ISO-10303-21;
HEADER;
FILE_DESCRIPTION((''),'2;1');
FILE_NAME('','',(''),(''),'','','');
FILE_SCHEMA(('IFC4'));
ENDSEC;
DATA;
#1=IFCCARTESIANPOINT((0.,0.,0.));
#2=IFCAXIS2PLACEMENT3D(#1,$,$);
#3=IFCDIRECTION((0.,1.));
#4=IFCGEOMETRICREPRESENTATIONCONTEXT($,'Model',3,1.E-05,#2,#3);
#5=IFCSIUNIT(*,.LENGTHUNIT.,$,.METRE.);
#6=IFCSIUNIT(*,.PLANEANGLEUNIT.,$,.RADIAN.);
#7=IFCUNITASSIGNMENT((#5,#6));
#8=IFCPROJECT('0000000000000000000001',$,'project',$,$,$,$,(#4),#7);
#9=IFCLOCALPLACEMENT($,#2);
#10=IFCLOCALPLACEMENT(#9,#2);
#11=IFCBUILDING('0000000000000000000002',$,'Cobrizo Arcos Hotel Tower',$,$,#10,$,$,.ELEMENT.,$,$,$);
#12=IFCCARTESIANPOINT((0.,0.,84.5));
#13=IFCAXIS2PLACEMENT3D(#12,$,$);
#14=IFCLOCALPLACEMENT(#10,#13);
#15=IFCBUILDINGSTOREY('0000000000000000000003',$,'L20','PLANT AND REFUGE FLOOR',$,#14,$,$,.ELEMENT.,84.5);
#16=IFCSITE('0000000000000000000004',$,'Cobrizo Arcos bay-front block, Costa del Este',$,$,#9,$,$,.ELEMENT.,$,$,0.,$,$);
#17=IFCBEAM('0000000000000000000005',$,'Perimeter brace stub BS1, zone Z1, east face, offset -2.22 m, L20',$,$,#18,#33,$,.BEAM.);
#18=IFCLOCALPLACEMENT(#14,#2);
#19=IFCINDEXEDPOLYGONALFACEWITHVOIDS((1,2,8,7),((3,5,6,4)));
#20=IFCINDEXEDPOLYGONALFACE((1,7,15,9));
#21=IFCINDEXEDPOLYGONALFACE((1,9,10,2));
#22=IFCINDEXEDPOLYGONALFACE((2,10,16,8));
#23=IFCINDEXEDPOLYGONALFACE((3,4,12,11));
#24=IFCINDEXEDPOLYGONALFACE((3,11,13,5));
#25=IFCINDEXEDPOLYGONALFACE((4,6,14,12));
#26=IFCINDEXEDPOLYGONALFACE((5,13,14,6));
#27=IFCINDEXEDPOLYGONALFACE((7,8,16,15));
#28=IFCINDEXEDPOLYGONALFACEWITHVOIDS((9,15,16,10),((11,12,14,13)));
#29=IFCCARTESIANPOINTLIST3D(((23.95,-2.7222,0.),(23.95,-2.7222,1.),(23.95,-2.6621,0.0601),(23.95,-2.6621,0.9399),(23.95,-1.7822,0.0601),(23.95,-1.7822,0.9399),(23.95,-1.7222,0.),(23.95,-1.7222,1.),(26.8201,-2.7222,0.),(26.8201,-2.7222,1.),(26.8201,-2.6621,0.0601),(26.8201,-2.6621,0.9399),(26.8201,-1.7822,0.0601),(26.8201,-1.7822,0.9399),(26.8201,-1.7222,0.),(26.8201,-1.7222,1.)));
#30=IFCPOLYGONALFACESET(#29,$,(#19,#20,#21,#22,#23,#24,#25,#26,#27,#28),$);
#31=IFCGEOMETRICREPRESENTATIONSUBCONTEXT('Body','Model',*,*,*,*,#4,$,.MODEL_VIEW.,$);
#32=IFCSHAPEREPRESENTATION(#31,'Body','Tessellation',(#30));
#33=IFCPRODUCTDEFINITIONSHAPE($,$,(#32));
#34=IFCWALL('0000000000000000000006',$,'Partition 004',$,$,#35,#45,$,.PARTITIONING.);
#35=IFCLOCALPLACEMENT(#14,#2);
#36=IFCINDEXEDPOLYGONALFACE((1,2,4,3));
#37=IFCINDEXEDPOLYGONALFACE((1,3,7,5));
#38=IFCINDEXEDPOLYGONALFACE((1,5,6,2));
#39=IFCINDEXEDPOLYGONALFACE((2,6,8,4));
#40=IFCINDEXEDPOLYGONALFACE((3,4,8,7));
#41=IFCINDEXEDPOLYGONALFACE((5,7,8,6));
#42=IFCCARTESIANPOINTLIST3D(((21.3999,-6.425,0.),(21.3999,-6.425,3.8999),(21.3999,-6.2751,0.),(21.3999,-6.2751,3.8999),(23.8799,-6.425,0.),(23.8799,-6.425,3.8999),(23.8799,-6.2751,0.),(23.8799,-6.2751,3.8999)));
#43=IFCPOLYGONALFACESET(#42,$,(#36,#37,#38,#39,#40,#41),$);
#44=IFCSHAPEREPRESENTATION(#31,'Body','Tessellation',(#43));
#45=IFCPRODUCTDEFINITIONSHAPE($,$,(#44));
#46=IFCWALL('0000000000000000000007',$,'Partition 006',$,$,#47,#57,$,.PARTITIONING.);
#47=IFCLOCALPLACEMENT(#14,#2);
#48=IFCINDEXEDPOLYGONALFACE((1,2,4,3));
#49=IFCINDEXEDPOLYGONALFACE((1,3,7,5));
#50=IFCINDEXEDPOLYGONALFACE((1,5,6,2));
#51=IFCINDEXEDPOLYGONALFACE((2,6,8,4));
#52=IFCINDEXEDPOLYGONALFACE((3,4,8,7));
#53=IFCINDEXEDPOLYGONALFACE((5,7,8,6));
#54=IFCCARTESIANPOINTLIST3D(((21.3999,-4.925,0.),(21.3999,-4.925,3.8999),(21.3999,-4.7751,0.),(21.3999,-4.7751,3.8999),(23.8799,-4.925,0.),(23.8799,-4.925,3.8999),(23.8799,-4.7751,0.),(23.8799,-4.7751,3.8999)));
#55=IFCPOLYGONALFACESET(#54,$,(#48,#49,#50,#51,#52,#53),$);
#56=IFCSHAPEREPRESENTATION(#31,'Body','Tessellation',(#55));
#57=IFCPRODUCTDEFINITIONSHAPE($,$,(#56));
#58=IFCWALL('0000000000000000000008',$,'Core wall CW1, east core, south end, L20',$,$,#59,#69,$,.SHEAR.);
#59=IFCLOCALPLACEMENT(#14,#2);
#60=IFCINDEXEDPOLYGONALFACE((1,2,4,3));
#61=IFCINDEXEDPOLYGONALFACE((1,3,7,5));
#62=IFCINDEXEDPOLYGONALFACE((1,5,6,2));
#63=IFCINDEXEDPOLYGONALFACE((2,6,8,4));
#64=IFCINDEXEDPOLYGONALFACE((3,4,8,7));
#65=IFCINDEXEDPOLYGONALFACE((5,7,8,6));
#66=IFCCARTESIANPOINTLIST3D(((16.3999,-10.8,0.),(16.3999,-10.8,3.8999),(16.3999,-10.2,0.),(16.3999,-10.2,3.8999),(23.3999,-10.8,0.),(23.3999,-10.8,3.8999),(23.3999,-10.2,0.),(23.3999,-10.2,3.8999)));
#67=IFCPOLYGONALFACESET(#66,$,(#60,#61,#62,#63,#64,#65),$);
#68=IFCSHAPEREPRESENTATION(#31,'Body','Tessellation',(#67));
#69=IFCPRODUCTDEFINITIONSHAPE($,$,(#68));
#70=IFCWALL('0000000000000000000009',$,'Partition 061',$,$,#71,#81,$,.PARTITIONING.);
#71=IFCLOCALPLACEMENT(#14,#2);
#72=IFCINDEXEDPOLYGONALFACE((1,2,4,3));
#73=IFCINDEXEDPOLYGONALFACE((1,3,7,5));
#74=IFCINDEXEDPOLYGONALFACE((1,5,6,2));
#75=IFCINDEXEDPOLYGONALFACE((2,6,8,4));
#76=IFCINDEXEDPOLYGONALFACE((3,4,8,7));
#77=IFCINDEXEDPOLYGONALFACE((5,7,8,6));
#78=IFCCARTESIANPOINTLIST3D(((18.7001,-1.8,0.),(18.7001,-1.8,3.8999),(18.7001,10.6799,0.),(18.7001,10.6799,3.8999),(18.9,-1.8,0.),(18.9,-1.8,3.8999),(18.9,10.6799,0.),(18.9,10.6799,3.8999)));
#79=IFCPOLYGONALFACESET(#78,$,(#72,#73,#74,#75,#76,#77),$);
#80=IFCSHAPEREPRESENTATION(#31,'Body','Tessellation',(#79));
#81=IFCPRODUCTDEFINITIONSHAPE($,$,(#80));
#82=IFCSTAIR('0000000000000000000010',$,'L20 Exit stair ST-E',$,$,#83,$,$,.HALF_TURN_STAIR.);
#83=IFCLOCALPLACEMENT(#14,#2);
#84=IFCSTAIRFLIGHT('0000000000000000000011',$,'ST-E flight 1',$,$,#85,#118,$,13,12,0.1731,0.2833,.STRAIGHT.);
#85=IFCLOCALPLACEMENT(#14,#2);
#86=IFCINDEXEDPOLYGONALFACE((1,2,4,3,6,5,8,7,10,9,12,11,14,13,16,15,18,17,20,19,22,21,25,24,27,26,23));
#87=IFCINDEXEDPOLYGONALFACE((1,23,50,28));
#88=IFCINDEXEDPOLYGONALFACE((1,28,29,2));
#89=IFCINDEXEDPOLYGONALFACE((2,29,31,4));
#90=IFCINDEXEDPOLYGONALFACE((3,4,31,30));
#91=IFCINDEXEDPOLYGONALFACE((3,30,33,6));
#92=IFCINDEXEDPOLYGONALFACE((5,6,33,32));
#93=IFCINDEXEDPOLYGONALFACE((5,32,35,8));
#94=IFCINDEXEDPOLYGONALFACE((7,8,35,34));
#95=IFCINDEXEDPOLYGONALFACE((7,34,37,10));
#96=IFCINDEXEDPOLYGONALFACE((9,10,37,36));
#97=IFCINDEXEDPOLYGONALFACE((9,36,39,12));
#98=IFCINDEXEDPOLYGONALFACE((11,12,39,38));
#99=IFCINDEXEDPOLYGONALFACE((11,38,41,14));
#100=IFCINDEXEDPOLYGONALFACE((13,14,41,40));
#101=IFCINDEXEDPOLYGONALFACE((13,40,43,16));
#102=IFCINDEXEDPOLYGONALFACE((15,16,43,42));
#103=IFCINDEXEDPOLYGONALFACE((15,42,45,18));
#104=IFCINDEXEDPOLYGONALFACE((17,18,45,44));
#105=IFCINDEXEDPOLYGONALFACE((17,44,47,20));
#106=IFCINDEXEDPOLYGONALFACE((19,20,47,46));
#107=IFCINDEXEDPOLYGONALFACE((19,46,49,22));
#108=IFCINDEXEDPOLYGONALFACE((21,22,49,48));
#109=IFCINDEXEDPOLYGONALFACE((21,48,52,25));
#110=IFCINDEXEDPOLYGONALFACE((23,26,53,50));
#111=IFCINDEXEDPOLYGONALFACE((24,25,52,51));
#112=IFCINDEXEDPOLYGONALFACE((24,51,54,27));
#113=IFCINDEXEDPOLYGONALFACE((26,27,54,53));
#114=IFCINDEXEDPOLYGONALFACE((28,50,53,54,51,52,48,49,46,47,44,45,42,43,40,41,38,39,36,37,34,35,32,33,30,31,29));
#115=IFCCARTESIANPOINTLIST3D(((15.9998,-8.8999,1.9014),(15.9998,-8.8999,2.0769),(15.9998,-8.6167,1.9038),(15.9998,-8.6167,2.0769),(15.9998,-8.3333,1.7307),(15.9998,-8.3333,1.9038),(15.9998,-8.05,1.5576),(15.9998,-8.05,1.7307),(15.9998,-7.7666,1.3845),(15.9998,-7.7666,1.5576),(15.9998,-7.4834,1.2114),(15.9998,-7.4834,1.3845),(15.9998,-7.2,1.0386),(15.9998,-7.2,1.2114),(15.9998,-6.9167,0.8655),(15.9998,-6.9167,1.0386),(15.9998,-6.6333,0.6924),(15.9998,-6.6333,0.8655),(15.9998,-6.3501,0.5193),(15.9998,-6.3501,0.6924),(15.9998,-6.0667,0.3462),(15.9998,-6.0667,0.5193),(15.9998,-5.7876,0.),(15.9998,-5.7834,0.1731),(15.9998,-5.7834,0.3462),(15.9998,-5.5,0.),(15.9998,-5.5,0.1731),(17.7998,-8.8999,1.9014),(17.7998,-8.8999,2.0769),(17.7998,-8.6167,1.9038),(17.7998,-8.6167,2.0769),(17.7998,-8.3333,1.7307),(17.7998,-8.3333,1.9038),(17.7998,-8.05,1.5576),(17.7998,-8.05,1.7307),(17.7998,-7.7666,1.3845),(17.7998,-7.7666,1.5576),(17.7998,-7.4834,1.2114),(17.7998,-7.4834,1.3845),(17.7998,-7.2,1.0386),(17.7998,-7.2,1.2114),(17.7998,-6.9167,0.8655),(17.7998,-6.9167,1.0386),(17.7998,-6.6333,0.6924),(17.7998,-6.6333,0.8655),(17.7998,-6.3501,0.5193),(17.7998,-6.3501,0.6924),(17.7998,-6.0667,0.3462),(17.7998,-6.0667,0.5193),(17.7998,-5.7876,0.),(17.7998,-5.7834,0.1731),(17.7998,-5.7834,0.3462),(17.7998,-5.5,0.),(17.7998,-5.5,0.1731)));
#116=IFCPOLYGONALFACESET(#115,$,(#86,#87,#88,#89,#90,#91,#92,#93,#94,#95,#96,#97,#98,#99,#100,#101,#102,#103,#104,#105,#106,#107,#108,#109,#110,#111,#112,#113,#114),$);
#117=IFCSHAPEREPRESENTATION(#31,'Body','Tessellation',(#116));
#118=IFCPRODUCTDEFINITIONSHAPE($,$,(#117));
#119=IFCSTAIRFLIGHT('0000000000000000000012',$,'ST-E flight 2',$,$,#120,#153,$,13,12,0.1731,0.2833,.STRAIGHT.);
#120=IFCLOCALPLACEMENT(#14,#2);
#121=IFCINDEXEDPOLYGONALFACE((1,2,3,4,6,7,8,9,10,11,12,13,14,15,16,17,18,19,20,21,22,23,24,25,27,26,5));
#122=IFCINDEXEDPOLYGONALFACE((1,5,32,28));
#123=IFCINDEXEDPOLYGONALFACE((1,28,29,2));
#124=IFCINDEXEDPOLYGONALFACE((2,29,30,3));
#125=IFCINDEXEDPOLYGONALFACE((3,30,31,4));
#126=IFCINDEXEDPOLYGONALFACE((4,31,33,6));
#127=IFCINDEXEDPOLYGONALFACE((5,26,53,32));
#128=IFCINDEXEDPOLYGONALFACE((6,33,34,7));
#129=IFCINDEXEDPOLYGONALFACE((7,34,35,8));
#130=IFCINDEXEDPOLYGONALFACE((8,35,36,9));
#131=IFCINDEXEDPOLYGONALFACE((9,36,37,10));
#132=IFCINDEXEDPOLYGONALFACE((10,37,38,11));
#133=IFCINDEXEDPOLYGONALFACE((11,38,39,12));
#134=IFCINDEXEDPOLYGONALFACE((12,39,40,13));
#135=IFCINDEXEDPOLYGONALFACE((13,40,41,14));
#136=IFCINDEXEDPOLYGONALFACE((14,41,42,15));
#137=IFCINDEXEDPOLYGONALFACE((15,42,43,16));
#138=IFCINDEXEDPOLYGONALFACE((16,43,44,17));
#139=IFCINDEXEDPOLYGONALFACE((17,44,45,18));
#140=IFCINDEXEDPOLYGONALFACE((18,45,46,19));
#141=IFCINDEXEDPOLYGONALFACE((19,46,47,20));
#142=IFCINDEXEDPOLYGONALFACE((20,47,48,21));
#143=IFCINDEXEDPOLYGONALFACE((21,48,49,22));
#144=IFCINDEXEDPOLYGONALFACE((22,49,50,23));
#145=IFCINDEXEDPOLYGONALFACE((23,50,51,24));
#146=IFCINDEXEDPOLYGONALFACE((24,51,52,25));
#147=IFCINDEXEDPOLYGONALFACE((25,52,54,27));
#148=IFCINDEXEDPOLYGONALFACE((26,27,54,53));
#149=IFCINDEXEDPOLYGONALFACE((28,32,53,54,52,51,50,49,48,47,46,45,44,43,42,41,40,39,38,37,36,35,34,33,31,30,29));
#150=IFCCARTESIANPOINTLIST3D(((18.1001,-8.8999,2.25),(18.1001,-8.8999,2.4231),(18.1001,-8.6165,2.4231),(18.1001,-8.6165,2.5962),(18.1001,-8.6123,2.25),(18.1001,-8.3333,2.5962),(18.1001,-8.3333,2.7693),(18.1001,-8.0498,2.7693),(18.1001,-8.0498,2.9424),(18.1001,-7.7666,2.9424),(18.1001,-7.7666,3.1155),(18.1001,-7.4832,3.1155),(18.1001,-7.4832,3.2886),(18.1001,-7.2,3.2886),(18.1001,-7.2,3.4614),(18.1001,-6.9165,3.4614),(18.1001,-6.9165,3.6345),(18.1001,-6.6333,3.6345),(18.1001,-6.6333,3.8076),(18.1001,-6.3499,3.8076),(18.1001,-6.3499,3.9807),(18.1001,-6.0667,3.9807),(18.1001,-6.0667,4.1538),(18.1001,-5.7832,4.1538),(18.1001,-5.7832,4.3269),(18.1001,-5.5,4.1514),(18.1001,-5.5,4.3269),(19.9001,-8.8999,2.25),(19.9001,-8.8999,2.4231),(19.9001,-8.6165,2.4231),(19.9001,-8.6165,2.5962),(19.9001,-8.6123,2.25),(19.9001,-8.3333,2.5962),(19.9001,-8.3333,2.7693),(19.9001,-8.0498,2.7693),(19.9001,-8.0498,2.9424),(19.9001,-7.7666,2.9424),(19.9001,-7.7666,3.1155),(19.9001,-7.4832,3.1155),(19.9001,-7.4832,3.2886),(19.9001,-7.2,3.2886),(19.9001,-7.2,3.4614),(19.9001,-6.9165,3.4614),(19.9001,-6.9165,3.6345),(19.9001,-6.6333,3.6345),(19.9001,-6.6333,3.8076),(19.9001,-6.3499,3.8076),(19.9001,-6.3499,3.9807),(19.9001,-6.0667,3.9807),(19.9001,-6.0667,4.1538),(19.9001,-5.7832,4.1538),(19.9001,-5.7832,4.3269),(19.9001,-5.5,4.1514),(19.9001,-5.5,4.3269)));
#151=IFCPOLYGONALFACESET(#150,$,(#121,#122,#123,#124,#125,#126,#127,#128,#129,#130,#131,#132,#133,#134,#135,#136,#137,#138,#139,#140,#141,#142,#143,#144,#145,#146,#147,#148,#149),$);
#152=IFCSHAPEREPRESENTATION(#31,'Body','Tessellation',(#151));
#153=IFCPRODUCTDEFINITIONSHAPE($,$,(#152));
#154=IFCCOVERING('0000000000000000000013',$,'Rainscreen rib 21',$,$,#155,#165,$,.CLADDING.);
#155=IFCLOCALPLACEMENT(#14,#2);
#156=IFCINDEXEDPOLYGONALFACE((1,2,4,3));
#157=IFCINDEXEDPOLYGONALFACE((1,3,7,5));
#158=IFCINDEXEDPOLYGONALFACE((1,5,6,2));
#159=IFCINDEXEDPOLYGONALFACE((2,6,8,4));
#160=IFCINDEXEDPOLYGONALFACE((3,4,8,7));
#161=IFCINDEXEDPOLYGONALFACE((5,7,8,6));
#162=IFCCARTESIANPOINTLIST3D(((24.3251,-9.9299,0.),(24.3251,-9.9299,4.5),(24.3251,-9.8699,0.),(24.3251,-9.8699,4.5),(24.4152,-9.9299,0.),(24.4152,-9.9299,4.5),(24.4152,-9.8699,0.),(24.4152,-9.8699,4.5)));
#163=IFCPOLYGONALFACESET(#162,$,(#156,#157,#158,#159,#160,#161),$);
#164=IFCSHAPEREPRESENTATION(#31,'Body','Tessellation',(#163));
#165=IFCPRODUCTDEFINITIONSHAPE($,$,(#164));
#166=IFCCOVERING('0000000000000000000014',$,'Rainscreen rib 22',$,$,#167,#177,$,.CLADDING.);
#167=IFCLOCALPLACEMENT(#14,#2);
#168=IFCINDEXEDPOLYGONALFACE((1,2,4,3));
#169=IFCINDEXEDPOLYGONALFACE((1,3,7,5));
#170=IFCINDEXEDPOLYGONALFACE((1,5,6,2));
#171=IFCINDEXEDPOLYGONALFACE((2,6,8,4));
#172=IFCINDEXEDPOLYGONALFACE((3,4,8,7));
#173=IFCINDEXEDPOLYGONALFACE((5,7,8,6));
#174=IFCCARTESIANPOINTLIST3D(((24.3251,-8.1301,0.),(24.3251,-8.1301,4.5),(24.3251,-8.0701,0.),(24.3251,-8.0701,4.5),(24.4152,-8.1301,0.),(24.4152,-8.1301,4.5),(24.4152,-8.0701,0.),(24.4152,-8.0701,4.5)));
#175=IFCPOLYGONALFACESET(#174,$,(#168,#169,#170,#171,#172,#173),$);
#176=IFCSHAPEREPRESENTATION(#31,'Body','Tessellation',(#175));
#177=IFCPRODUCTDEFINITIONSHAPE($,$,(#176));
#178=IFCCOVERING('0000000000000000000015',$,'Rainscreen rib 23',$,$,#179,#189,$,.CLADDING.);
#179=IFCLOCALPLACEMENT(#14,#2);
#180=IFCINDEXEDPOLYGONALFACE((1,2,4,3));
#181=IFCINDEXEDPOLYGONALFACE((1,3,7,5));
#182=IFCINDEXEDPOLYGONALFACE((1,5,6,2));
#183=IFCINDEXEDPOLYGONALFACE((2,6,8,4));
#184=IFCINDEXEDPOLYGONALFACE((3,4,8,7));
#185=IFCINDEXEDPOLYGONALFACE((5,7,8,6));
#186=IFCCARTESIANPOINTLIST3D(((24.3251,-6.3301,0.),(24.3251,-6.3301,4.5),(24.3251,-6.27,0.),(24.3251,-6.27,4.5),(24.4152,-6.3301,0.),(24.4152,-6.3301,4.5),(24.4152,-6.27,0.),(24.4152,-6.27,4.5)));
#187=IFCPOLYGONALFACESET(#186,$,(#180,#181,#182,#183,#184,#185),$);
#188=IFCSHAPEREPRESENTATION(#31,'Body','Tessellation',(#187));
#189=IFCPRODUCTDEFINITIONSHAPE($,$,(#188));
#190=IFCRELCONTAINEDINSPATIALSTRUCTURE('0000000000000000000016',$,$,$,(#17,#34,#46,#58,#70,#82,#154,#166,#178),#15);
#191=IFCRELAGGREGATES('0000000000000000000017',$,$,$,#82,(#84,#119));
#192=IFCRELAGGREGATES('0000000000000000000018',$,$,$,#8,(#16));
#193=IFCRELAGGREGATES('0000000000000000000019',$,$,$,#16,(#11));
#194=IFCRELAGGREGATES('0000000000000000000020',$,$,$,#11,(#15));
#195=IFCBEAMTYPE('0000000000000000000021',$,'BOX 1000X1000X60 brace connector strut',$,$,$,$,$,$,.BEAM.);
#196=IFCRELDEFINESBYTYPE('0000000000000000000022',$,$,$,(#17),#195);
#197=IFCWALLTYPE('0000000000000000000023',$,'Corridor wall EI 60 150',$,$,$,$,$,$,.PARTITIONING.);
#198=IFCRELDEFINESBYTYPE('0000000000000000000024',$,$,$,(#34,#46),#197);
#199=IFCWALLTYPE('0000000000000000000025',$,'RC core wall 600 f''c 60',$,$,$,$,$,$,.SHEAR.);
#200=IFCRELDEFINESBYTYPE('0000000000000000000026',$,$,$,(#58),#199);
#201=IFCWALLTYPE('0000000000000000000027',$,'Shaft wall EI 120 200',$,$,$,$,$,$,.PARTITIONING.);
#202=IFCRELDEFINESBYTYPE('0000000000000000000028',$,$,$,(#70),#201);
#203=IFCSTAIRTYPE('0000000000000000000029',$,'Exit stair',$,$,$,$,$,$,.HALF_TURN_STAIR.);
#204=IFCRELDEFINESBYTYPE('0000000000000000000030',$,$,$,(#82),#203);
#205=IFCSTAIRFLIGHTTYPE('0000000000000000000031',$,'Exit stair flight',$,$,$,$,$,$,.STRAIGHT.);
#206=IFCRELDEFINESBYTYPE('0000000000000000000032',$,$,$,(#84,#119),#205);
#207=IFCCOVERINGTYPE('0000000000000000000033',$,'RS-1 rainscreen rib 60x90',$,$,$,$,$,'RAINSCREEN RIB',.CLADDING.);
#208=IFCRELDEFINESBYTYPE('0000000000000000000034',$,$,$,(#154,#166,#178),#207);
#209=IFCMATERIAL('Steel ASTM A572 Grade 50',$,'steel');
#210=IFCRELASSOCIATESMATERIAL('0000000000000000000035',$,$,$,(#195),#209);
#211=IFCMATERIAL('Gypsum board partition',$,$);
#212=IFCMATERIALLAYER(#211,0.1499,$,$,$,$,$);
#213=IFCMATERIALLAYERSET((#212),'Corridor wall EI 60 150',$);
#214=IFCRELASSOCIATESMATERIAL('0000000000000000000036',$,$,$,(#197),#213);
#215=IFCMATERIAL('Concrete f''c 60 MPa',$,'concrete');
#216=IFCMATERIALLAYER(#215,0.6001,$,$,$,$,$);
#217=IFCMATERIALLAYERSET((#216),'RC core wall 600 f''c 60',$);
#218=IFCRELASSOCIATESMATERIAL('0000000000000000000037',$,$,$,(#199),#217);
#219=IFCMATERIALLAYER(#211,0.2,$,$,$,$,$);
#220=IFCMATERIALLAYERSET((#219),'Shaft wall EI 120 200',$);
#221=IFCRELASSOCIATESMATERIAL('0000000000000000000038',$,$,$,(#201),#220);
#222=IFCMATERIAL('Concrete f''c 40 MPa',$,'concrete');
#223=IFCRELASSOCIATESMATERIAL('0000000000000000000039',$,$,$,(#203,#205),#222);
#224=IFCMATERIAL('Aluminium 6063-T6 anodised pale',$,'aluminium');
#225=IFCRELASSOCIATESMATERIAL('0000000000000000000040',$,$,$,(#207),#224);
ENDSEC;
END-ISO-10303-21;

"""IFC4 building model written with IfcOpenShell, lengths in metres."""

from ifc_helpers import new_model, si_unit, direction, frame, frame_2d, origin, origin_2d, place, context, subcontext, project, spatial, polyline, rectangle, hollow_rectangle, outline, extrude, material, layer, layer_set, material_profile, profile_set, type_object, element, aggregate, save


model = new_model("IFC4")

# Units and contexts
model_context = context("Model", 3, precision=1e-05, world=origin(), true_north=direction((0.0, 1.0)))
body_context = subcontext(model_context, "Body", "Model", "MODEL_VIEW")
ifc_project = project(units=[si_unit("LENGTHUNIT", "METRE"), si_unit("PLANEANGLEUNIT", "RADIAN")], contexts=[model_context])

# Site, building, storey
site_placement = place(None, origin())
site = spatial("IfcSite", under=ifc_project, at=site_placement, Name="Cobrizo Arcos bay-front block, Costa del Este", CompositionType="ELEMENT", RefElevation=0.0)
building_placement = place(site_placement, origin())
building = spatial("IfcBuilding", under=site, at=building_placement, Name="Cobrizo Arcos Hotel Tower", CompositionType="ELEMENT")
storey_placement = place(building_placement, frame((0.0, 0.0, 84.5)))
storey = spatial("IfcBuildingStorey", under=building, at=storey_placement, Name="L20", Description="PLANT AND REFUGE FLOOR", CompositionType="ELEMENT", Elevation=84.5)

# Beam
ifc_material_1 = material(Name="Steel ASTM A572 Grade 50", Category="steel")
ifc_material_profile = material_profile(ifc_material_1, hollow_rectangle(XDim=1.0, YDim=1.0, WallThickness=0.0601, at=origin_2d()), Name="BOX 1000X1000X60")
ifc_profile_set = profile_set([ifc_material_profile], Name="Steel ASTM A572 Grade 50")
beam_type = type_object("IfcBeamType", Name="BOX 1000X1000X60 brace connector strut", PredefinedType="BEAM", material=ifc_profile_set)
beam_placement = place(storey_placement, frame((23.95, -2.2222, 0.5), z_axis=(1.0, 0.0, 0.0), x_axis=(0.0, 1.0, 0.0)))
element("IfcBeam", 1, at=beam_placement, inside=storey, type_object=beam_type, Name="Perimeter brace stub BS1, zone Z1, east face, offset -2.22 m, L20", PredefinedType="BEAM", context=body_context, shape_type="SweptSolid", body=[
    extrude(hollow_rectangle(XDim=1.0, YDim=1.0, WallThickness=0.0601, at=origin_2d()), origin(), (0.0, 0.0, 1.0), 2.8701),
])

# Walls
ifc_material_2 = material(Name="Gypsum board partition")
ifc_layer_1 = layer(ifc_material_2, 0.1499)
ifc_layer_set_1 = layer_set([ifc_layer_1], Name="Corridor wall EI 60 150")
wall_type_1 = type_object("IfcWallType", Name="Corridor wall EI 60 150", PredefinedType="PARTITIONING", material=ifc_layer_set_1)
for number, where, z_axis, x_axis, name in (
    (2, (21.3999, -6.3501, 0.0), (0.0, 0.0, 1.0), (1.0, 0.0, 0.0), "Partition 004"),
    (3, (21.3999, -4.8501, 0.0), (0.0, 0.0, 1.0), (1.0, 0.0, 0.0), "Partition 006"),
):
    element("IfcWall", number, at=place(storey_placement, frame(where, z_axis=z_axis, x_axis=x_axis)), inside=storey, type_object=wall_type_1, Name=name, PredefinedType="PARTITIONING", context=body_context, shape_type="SweptSolid", body=[
        extrude(rectangle(XDim=2.48, YDim=0.1499, at=frame_2d((1.24, 0.0))), origin(), (0.0, 0.0, 1.0), 3.8999),
    ])
ifc_material_3 = material(Name="Concrete f'c 60 MPa", Category="concrete")
ifc_layer_2 = layer(ifc_material_3, 0.6001)
ifc_layer_set_2 = layer_set([ifc_layer_2], Name="RC core wall 600 f'c 60")
wall_type_2 = type_object("IfcWallType", Name="RC core wall 600 f'c 60", PredefinedType="SHEAR", material=ifc_layer_set_2)
wall_1_placement = place(storey_placement, frame((16.3999, -10.5, 0.0), z_axis=(0.0, 0.0, 1.0), x_axis=(1.0, 0.0, 0.0)))
element("IfcWall", 4, at=wall_1_placement, inside=storey, type_object=wall_type_2, Name="Core wall CW1, east core, south end, L20", PredefinedType="SHEAR", context=body_context, shape_type="SweptSolid", body=[
    extrude(rectangle(XDim=7.0, YDim=0.6001, at=frame_2d((3.5, 0.0))), origin(), (0.0, 0.0, 1.0), 3.8999),
])
ifc_layer_3 = layer(ifc_material_2, 0.2)
ifc_layer_set_3 = layer_set([ifc_layer_3], Name="Shaft wall EI 120 200")
wall_type_3 = type_object("IfcWallType", Name="Shaft wall EI 120 200", PredefinedType="PARTITIONING", material=ifc_layer_set_3)
wall_2_placement = place(storey_placement, frame((18.8, -1.8, 0.0), z_axis=(0.0, 0.0, 1.0), x_axis=(0.0, 1.0, 0.0)))
element("IfcWall", 5, at=wall_2_placement, inside=storey, type_object=wall_type_3, Name="Partition 061", PredefinedType="PARTITIONING", context=body_context, shape_type="SweptSolid", body=[
    extrude(rectangle(XDim=12.48, YDim=0.2, at=frame_2d((6.24, 0.0))), origin(), (0.0, 0.0, 1.0), 3.8999),
])

# Stair, stair flights
ifc_material_4 = material(Name="Concrete f'c 40 MPa", Category="concrete")
stair_type = type_object("IfcStairType", Name="Exit stair", PredefinedType="HALF_TURN_STAIR", material=ifc_material_4)
stair_placement = place(storey_placement, origin())
stair = element("IfcStair", 6, at=stair_placement, inside=storey, type_object=stair_type, Name="L20 Exit stair ST-E", PredefinedType="HALF_TURN_STAIR")
stair_flight_type = type_object("IfcStairFlightType", Name="Exit stair flight", PredefinedType="STRAIGHT", material=ifc_material_4)
stair_flight_1_placement = place(storey_placement, frame((16.8999, -5.5, 0.0), z_axis=(0.0, 0.0, 1.0), x_axis=(0.0, -1.0, 0.0)))
stair_flight_1 = element("IfcStairFlight", 7, at=stair_flight_1_placement, type_object=stair_flight_type, Name="ST-E flight 1", NumberOfRisers=13, NumberOfTreads=12, PredefinedType="STRAIGHT", RiserHeight=0.1731, TreadLength=0.2833, context=body_context, shape_type="SweptSolid", body=[
    extrude(outline(polyline([(0.0, 0.0), (0.0, 0.1731), (0.2834, 0.1731), (0.2834, 0.3462), (0.5667, 0.3462), (0.5667, 0.5193), (0.8501, 0.5193), (0.8501, 0.6924), (1.1333, 0.6924), (1.1333, 0.8655), (1.4167, 0.8655), (1.4167, 1.0386), (1.7, 1.0386), (1.7, 1.2114), (1.9834, 1.2114), (1.9834, 1.3845), (2.2666, 1.3845), (2.2666, 1.5576), (2.55, 1.5576), (2.55, 1.7307), (2.8333, 1.7307), (2.8333, 1.9038), (3.1167, 1.9038), (3.1167, 2.0769), (3.3999, 2.0769), (3.3999, 2.25), (3.3999, 1.9014), (0.2876, 0.0), (0.0, 0.0)])), frame((0.0, 0.8999, 0.0), z_axis=(0.0, -1.0, 0.0), x_axis=(1.0, 0.0, 0.0)), (0.0, 0.0, 1.0), 1.8),
])
stair_flight_2_placement = place(storey_placement, frame((19.0, -8.8999, 2.25), z_axis=(0.0, 0.0, 1.0), x_axis=(0.0, 1.0, 0.0)))
stair_flight_2 = element("IfcStairFlight", 8, at=stair_flight_2_placement, type_object=stair_flight_type, Name="ST-E flight 2", NumberOfRisers=13, NumberOfTreads=12, PredefinedType="STRAIGHT", RiserHeight=0.1731, TreadLength=0.2833, context=body_context, shape_type="SweptSolid", body=[
    extrude(outline(polyline([(0.0, 0.0), (0.0, 0.1731), (0.2834, 0.1731), (0.2834, 0.3462), (0.5667, 0.3462), (0.5667, 0.5193), (0.8501, 0.5193), (0.8501, 0.6924), (1.1333, 0.6924), (1.1333, 0.8655), (1.4167, 0.8655), (1.4167, 1.0386), (1.7, 1.0386), (1.7, 1.2114), (1.9834, 1.2114), (1.9834, 1.3845), (2.2666, 1.3845), (2.2666, 1.5576), (2.55, 1.5576), (2.55, 1.7307), (2.8333, 1.7307), (2.8333, 1.9038), (3.1167, 1.9038), (3.1167, 2.0769), (3.3999, 2.0769), (3.3999, 2.25), (3.3999, 1.9014), (0.2876, 0.0), (0.0, 0.0)])), frame((0.0, 0.8999, 0.0), z_axis=(0.0, -1.0, 0.0), x_axis=(1.0, 0.0, 0.0)), (0.0, 0.0, 1.0), 1.8),
])
aggregate(stair, [stair_flight_1, stair_flight_2])

# Coverings
ifc_material_5 = material(Name="Aluminium 6063-T6 anodised pale", Category="aluminium")
covering_type = type_object("IfcCoveringType", Name="RS-1 rainscreen rib 60x90", ElementType="RAINSCREEN RIB", PredefinedType="CLADDING", material=ifc_material_5)
for number, where, z_axis, x_axis, name in (
    (9, (24.3701, -9.8999, 0.0), (0.0, 0.0, 1.0), (0.0, 1.0, 0.0), "Rainscreen rib 21"),
    (10, (24.3701, -8.1001, 0.0), (0.0, 0.0, 1.0), (0.0, 1.0, 0.0), "Rainscreen rib 22"),
    (11, (24.3701, -6.3, 0.0), (0.0, 0.0, 1.0), (0.0, 1.0, 0.0), "Rainscreen rib 23"),
):
    element("IfcCovering", number, at=place(storey_placement, frame(where, z_axis=z_axis, x_axis=x_axis)), inside=storey, type_object=covering_type, Name=name, PredefinedType="CLADDING", context=body_context, shape_type="SweptSolid", body=[
        extrude(rectangle(XDim=0.0601, YDim=0.0901, at=origin_2d()), origin(), (0.0, 0.0, 1.0), 4.5),
    ])

save(model, "model.ifc")
